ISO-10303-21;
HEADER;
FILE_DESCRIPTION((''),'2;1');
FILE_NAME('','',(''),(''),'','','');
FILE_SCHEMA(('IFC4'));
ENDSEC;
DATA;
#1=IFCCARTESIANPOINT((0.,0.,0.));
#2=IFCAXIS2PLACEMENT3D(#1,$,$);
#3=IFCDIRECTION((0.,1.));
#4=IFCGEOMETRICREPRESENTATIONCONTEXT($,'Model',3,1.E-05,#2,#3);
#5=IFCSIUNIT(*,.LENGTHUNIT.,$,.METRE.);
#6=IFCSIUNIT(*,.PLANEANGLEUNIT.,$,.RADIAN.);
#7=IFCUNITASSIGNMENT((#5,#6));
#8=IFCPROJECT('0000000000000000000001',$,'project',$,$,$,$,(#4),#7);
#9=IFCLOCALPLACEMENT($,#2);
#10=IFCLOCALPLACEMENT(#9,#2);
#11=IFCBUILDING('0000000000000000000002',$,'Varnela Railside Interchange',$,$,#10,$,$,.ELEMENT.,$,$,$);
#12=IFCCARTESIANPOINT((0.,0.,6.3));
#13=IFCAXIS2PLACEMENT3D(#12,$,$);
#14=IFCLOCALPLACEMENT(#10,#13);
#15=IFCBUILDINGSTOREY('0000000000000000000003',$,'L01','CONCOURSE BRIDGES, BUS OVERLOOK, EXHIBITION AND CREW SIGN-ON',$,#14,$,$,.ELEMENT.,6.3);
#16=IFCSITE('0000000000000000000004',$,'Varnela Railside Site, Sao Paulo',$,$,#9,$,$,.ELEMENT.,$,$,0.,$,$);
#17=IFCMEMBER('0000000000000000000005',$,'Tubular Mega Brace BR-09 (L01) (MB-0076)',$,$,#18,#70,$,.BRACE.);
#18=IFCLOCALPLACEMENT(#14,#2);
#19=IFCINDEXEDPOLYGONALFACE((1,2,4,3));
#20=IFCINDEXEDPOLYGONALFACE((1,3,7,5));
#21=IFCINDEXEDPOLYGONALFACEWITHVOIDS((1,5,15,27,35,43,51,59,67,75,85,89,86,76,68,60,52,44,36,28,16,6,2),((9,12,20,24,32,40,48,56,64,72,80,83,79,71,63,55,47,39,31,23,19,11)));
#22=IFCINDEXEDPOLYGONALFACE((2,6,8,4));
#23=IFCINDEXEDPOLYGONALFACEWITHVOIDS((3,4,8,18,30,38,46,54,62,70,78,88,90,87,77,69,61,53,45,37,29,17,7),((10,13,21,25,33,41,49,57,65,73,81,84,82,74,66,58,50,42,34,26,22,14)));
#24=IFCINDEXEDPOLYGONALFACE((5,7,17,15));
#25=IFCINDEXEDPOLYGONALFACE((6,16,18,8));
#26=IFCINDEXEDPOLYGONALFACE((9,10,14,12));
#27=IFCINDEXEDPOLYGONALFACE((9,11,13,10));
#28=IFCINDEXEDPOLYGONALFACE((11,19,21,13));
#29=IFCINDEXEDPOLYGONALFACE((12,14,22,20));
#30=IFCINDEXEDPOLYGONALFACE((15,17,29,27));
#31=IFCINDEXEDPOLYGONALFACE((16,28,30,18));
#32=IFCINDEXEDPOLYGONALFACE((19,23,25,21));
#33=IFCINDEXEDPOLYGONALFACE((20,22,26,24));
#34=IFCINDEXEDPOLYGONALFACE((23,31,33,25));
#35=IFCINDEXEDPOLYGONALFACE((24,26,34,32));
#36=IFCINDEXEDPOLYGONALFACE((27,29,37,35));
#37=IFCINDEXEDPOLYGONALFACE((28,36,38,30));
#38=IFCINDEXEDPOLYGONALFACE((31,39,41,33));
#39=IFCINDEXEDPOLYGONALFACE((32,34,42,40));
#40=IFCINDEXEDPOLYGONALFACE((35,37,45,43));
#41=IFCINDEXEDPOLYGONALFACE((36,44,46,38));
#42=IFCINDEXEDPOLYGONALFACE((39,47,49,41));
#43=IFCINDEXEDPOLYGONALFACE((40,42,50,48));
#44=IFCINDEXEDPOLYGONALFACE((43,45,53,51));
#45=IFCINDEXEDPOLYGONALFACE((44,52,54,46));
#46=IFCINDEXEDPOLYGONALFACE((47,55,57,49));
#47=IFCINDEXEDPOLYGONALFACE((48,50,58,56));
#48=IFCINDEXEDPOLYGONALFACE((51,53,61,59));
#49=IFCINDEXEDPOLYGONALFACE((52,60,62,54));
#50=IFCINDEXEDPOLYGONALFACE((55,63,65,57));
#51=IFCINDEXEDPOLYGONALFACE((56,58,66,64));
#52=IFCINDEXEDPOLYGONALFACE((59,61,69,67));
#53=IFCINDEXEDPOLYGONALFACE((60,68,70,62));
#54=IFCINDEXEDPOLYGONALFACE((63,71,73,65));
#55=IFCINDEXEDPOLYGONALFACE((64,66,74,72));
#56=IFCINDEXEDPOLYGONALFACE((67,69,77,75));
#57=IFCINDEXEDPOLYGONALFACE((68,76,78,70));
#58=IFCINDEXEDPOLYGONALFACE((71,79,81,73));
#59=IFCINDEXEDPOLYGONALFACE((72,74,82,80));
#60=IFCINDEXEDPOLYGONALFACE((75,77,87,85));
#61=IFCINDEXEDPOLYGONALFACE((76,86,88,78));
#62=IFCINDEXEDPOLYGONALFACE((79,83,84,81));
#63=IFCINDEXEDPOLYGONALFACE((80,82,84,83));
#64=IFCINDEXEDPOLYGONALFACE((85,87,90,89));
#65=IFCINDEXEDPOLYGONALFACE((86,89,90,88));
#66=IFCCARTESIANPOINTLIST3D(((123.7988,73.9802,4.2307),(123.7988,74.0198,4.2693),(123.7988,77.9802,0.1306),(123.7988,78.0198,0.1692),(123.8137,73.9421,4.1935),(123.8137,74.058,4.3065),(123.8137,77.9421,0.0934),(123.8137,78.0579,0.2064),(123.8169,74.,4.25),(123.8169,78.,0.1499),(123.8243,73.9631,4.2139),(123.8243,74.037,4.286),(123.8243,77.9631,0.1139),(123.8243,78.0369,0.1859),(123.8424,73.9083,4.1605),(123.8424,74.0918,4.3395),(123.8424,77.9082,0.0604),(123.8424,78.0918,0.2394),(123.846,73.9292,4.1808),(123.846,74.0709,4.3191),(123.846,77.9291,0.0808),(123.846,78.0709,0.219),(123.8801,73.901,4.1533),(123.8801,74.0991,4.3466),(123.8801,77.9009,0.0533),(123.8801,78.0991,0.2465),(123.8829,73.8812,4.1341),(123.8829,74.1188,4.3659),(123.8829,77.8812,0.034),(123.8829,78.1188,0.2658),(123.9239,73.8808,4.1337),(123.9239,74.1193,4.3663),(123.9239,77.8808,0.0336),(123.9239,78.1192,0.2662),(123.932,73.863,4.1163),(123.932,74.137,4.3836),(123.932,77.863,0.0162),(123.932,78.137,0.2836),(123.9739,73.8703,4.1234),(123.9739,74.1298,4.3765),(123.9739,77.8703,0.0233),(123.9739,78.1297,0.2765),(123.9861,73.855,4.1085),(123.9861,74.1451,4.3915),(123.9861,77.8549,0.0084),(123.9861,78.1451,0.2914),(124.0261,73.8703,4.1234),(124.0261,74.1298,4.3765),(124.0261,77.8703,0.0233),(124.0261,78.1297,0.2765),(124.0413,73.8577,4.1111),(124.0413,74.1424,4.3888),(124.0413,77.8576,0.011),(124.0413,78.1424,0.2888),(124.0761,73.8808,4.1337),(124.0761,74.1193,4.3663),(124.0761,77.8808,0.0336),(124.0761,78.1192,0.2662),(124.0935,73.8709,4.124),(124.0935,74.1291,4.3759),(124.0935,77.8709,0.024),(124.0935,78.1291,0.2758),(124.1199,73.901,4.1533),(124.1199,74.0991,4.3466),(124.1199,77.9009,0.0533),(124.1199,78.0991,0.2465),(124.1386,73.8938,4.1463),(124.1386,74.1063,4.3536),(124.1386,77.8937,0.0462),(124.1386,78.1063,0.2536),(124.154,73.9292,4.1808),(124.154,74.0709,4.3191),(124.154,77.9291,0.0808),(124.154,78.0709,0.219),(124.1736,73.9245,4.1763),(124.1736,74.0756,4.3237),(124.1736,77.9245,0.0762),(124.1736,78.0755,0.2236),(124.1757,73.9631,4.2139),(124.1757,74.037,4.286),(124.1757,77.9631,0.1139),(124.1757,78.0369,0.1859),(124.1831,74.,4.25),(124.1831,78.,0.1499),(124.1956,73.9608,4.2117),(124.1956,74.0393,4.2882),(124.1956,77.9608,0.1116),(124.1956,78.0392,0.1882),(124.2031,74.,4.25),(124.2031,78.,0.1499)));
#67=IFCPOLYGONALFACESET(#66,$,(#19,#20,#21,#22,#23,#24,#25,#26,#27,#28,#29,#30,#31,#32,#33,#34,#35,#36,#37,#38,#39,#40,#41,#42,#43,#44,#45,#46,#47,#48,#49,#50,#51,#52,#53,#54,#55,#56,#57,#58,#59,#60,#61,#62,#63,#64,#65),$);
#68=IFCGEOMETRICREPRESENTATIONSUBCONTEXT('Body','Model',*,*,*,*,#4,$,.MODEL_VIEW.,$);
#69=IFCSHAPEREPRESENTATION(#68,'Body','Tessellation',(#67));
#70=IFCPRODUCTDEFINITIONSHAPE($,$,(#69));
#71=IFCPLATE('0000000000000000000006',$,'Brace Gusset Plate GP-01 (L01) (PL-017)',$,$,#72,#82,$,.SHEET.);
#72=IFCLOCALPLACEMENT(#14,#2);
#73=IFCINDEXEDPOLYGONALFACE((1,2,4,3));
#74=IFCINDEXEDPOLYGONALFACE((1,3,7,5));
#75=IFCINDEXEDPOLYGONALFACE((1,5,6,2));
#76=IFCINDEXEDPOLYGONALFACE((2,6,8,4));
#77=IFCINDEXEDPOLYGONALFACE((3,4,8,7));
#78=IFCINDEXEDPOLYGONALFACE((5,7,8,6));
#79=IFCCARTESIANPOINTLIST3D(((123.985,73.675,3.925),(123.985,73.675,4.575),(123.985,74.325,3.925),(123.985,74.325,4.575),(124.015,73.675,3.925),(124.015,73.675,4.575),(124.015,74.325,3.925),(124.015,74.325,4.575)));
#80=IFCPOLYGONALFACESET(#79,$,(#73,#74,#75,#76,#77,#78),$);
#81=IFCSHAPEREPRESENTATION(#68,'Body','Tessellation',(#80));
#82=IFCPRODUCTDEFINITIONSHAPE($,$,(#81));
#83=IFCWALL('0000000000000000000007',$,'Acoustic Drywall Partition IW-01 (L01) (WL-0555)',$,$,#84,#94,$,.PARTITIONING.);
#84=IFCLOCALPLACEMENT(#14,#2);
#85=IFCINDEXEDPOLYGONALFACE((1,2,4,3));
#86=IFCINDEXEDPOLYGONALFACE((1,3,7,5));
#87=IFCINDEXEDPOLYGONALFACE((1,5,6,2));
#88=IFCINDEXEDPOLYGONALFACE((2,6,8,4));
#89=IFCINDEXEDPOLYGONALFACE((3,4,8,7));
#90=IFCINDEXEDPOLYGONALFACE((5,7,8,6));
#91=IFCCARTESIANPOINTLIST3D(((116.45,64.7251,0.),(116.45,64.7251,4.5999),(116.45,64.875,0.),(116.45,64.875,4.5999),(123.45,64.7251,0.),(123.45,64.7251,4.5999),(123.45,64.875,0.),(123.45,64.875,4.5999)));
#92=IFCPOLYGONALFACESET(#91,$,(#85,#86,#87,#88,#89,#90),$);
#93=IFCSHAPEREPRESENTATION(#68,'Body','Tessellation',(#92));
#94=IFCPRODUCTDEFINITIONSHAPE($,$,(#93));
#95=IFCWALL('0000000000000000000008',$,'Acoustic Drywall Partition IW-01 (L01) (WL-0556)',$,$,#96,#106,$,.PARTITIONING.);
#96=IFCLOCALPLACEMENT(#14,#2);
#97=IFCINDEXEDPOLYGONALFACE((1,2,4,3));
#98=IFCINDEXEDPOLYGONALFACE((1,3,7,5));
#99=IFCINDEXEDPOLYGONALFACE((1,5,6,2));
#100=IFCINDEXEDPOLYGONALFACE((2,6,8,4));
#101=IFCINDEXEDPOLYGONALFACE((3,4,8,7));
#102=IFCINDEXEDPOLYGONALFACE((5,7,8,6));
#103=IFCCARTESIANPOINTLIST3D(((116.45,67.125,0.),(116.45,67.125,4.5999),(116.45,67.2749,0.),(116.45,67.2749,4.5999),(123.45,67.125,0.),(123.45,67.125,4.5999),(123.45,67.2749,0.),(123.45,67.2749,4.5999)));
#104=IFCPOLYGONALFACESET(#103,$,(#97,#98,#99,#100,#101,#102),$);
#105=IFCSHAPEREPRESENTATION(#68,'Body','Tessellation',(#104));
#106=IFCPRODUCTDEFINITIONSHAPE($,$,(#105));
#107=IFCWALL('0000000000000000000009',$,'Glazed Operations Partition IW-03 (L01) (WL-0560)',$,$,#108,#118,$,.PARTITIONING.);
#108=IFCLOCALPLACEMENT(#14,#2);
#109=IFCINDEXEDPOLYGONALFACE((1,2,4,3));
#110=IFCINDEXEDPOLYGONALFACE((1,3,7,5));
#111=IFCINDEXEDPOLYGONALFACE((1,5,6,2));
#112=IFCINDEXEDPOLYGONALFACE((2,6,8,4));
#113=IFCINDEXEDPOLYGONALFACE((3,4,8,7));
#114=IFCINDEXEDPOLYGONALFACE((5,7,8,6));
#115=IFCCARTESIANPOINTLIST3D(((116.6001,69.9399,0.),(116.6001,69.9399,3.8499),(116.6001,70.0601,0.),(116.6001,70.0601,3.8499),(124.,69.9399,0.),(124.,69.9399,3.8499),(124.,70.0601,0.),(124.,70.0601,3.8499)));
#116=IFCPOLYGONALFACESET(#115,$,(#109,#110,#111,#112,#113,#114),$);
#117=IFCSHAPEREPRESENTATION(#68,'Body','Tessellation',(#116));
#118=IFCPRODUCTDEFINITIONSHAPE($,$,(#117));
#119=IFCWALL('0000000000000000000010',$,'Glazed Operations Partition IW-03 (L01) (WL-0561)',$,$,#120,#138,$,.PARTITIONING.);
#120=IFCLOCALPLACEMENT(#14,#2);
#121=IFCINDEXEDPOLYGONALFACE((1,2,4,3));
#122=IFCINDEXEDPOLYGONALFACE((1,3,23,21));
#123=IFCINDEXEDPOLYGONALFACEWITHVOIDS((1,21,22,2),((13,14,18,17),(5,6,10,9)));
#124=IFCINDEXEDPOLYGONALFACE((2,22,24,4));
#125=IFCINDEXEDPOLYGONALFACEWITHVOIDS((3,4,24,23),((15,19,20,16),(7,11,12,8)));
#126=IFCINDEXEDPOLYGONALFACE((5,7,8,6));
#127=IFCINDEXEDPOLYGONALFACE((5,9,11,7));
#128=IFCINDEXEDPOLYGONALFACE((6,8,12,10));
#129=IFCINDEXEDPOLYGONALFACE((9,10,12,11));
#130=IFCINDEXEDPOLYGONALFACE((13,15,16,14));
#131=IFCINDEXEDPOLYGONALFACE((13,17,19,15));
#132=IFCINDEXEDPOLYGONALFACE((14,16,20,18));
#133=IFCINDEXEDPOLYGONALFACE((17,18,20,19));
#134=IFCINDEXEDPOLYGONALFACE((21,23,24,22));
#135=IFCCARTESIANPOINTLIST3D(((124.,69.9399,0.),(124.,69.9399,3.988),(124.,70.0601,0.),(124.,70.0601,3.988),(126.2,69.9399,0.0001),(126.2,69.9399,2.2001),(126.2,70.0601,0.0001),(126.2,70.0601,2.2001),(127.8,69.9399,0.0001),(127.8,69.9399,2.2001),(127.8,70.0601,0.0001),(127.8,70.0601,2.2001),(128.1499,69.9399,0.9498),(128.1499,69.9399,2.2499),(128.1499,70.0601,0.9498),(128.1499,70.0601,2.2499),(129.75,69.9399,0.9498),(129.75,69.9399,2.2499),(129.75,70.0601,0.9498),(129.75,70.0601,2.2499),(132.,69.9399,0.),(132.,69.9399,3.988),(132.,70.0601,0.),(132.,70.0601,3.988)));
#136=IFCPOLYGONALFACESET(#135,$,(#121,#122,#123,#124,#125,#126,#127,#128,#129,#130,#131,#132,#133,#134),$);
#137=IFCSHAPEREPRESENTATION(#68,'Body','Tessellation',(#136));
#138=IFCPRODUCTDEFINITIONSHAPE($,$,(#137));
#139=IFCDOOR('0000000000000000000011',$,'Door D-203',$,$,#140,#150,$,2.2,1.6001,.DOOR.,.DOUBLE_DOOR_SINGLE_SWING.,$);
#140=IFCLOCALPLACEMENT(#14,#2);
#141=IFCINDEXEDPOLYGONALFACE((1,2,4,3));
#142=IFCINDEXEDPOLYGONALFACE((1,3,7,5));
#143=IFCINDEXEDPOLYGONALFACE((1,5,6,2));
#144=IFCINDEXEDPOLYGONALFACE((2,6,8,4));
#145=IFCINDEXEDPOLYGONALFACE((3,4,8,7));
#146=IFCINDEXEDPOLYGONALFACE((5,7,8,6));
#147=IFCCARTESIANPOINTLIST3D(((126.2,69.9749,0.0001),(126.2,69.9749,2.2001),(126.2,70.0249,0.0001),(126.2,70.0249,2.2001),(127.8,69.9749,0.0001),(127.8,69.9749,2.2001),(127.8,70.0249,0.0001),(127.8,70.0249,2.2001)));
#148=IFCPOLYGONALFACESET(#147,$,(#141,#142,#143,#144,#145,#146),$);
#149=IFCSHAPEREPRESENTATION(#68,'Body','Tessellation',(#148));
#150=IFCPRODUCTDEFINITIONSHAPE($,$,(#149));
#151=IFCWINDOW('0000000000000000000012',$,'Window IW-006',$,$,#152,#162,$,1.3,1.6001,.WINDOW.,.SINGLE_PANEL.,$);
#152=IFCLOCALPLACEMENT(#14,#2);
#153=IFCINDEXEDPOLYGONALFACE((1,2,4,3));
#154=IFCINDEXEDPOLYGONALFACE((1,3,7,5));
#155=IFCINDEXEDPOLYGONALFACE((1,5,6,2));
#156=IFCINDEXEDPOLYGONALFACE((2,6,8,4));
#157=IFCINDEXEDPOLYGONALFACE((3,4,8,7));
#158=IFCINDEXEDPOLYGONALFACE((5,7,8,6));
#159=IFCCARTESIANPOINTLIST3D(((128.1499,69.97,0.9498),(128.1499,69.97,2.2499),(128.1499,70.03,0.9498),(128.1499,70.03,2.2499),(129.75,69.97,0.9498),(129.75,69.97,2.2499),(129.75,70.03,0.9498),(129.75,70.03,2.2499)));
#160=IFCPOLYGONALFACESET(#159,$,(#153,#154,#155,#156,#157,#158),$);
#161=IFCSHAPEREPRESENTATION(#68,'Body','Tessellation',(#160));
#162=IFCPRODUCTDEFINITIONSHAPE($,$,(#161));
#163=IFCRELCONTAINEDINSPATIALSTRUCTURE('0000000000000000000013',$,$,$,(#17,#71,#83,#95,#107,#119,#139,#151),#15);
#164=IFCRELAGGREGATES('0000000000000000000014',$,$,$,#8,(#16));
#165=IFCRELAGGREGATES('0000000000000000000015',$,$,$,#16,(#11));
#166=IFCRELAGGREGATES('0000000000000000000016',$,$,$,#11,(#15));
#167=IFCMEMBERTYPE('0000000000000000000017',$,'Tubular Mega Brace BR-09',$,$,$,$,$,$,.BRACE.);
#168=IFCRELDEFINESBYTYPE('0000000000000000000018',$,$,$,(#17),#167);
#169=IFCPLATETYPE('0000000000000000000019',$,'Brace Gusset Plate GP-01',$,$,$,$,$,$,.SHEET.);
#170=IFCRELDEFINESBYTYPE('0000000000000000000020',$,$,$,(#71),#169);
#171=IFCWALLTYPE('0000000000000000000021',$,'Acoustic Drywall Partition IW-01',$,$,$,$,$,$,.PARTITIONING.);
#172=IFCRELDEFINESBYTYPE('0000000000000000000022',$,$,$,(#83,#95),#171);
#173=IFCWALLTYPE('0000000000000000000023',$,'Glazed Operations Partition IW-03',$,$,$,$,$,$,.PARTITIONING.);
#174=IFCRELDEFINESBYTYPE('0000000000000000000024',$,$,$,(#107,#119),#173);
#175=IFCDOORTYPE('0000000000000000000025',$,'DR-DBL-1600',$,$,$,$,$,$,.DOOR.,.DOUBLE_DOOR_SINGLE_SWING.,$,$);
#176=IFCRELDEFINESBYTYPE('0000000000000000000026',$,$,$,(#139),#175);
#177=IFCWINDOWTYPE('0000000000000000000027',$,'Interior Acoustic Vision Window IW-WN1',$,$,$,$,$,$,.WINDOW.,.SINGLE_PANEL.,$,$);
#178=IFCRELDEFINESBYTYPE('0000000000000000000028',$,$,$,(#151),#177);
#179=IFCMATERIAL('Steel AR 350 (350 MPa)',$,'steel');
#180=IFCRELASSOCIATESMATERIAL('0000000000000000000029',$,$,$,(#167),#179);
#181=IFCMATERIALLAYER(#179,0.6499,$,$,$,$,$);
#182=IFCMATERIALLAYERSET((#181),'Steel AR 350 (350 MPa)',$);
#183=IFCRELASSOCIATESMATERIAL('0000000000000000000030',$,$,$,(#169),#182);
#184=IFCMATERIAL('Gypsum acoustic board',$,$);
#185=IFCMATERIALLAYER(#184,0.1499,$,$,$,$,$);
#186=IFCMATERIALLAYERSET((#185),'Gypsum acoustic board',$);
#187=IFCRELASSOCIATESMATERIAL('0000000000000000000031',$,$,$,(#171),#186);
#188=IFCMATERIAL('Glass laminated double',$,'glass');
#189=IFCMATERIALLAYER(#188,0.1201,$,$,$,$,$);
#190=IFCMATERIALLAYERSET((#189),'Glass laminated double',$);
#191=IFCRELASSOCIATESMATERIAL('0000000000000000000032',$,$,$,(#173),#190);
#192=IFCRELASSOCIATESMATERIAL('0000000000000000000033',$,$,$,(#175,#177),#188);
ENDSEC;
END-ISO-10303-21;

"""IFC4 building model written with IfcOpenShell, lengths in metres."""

from ifc_helpers import new_model, si_unit, direction, frame, frame_2d, origin, origin_2d, place, context, subcontext, project, spatial, rectangle, hollow_circle, extrude, material, layer, layer_set, material_profile, profile_set, type_object, element, fill, save


model = new_model("IFC4")

# Units and contexts
model_context = context("Model", 3, precision=1e-05, world=origin(), true_north=direction((0.0, 1.0)))
body_context = subcontext(model_context, "Body", "Model", "MODEL_VIEW")
ifc_project = project(units=[si_unit("LENGTHUNIT", "METRE"), si_unit("PLANEANGLEUNIT", "RADIAN")], contexts=[model_context])

# Site, building, storey
site_placement = place(None, origin())
site = spatial("IfcSite", under=ifc_project, at=site_placement, Name="Varnela Railside Site, Sao Paulo", CompositionType="ELEMENT", RefElevation=0.0)
building_placement = place(site_placement, origin())
building = spatial("IfcBuilding", under=site, at=building_placement, Name="Varnela Railside Interchange", CompositionType="ELEMENT")
storey_placement = place(building_placement, frame((0.0, 0.0, 6.3)))
storey = spatial("IfcBuildingStorey", under=building, at=storey_placement, Name="L01", Description="CONCOURSE BRIDGES, BUS OVERLOOK, EXHIBITION AND CREW SIGN-ON", CompositionType="ELEMENT", Elevation=6.3)

# Shared definitions
ifc_material_1 = material(Name="Steel AR 350 (350 MPa)", Category="steel")

# Member
ifc_material_profile_1 = material_profile(ifc_material_1, hollow_circle(Radius=0.2031, WallThickness=0.02, at=origin_2d()), Name="CHS 406.4x20")
ifc_profile_set_1 = profile_set([ifc_material_profile_1], Name="Steel AR 350 (350 MPa)")
member_type = type_object("IfcMemberType", Name="Tubular Mega Brace BR-09", PredefinedType="BRACE", material=ifc_profile_set_1)
for number, where, z_axis, x_axis, name in (
    (1, (124.0, 78.0, 0.1499), (0.0, -0.698315, 0.71579), (1.0, 0.0, 0.0), "Tubular Mega Brace BR-09 (L01) (MB-0076)"),
):
    element("IfcMember", number, at=place(storey_placement, frame(where, z_axis=z_axis, x_axis=x_axis)), inside=storey, type_object=member_type, Name=name, PredefinedType="BRACE", context=body_context, shape_type="SweptSolid", body=[
        extrude(hollow_circle(Radius=0.2031, WallThickness=0.02, at=origin_2d()), origin(), (0.0, 0.0, 1.0), 5.728),
    ])

# Plate
ifc_layer_1 = layer(ifc_material_1, 0.6499)
ifc_layer_set_1 = layer_set([ifc_layer_1], Name="Steel AR 350 (350 MPa)")
plate_type = type_object("IfcPlateType", Name="Brace Gusset Plate GP-01", PredefinedType="SHEET", material=ifc_layer_set_1)
plate_placement = place(storey_placement, frame((124.0, 74.0, 3.925), z_axis=(0.0, 0.0, 1.0), x_axis=(0.0, 1.0, 0.0)))
element("IfcPlate", 2, at=plate_placement, inside=storey, type_object=plate_type, Name="Brace Gusset Plate GP-01 (L01) (PL-017)", PredefinedType="SHEET", context=body_context, shape_type="SweptSolid", body=[
    extrude(rectangle(XDim=0.6499, YDim=0.03, at=origin_2d()), origin(), (0.0, 0.0, 1.0), 0.6499),
])

# Walls
ifc_material_2 = material(Name="Gypsum acoustic board")
ifc_layer_2 = layer(ifc_material_2, 0.1499)
ifc_layer_set_2 = layer_set([ifc_layer_2], Name="Gypsum acoustic board")
wall_type_1 = type_object("IfcWallType", Name="Acoustic Drywall Partition IW-01", PredefinedType="PARTITIONING", material=ifc_layer_set_2)
for number, where, z_axis, x_axis, name in (
    (3, (116.45, 64.8, 0.0), (0.0, 0.0, 1.0), (1.0, 0.0, 0.0), "Acoustic Drywall Partition IW-01 (L01) (WL-0555)"),
    (4, (116.45, 67.2, 0.0), (0.0, 0.0, 1.0), (1.0, 0.0, 0.0), "Acoustic Drywall Partition IW-01 (L01) (WL-0556)"),
):
    element("IfcWall", number, at=place(storey_placement, frame(where, z_axis=z_axis, x_axis=x_axis)), inside=storey, type_object=wall_type_1, Name=name, PredefinedType="PARTITIONING", context=body_context, shape_type="SweptSolid", body=[
        extrude(rectangle(XDim=7.0, YDim=0.1499, at=frame_2d((3.5, 0.0))), origin(), (0.0, 0.0, 1.0), 4.5999),
    ])
ifc_material_3 = material(Name="Glass laminated double", Category="glass")
ifc_layer_3 = layer(ifc_material_3, 0.1201)
ifc_layer_set_3 = layer_set([ifc_layer_3], Name="Glass laminated double")
wall_type_2 = type_object("IfcWallType", Name="Glazed Operations Partition IW-03", PredefinedType="PARTITIONING", material=ifc_layer_set_3)
wall_1_placement = place(storey_placement, frame((116.6001, 70.0, 0.0), z_axis=(0.0, 0.0, 1.0), x_axis=(1.0, 0.0, 0.0)))
element("IfcWall", 5, at=wall_1_placement, inside=storey, type_object=wall_type_2, Name="Glazed Operations Partition IW-03 (L01) (WL-0560)", PredefinedType="PARTITIONING", context=body_context, shape_type="SweptSolid", body=[
    extrude(rectangle(XDim=7.3999, YDim=0.1201, at=frame_2d((3.7, 0.0))), origin(), (0.0, 0.0, 1.0), 3.8499),
])

# Wall, openings, door, window
wall_2_placement = place(storey_placement, frame((124.0, 70.0, 0.0), z_axis=(0.0, 0.0, 1.0), x_axis=(1.0, 0.0, 0.0)))
wall_2 = element("IfcWall", 6, at=wall_2_placement, inside=storey, type_object=wall_type_2, Name="Glazed Operations Partition IW-03 (L01) (WL-0561)", PredefinedType="PARTITIONING", context=body_context, shape_type="SweptSolid", body=[
    extrude(rectangle(XDim=8.0, YDim=0.1201, at=frame_2d((4.0, 0.0))), origin(), (0.0, 0.0, 1.0), 3.988),
])
opening_1_placement = place(wall_2_placement, frame((2.2, 0.0, 0.0)))
opening_1 = element("IfcOpeningElement", 7, at=opening_1_placement, cuts=wall_2, PredefinedType="OPENING", context=body_context, shape_type="SweptSolid", body=[
    extrude(rectangle(XDim=1.6001, YDim=2.2, at=frame_2d((0.8, 1.1001))), frame((0.0, 0.0701, 0.0), z_axis=(0.0, -1.0, 0.0), x_axis=(1.0, 0.0, 0.0)), (0.0, 0.0, 1.0), 0.1401),
])
opening_2_placement = place(wall_2_placement, frame((4.1499, 0.0, 0.95)))
opening_2 = element("IfcOpeningElement", 8, at=opening_2_placement, cuts=wall_2, PredefinedType="OPENING", context=body_context, shape_type="SweptSolid", body=[
    extrude(rectangle(XDim=1.6001, YDim=1.3, at=frame_2d((0.8, 0.6499))), frame((0.0, 0.0701, 0.0), z_axis=(0.0, -1.0, 0.0), x_axis=(1.0, 0.0, 0.0)), (0.0, 0.0, 1.0), 0.1401),
])
door_type_1 = type_object("IfcDoorType", Name="DR-DBL-1600", OperationType="DOUBLE_DOOR_SINGLE_SWING", PredefinedType="DOOR", material=ifc_material_3)
door_1_placement = place(opening_1_placement, origin())
door_1 = element("IfcDoor", 9, at=door_1_placement, inside=storey, type_object=door_type_1, Name="Door D-203", OperationType="DOUBLE_DOOR_SINGLE_SWING", OverallHeight=2.2, OverallWidth=1.6001, PredefinedType="DOOR", context=body_context, shape_type="SweptSolid", body=[
    extrude(rectangle(XDim=1.6001, YDim=2.2, at=frame_2d((0.8, 1.1001))), frame((0.0, 0.0249, 0.0), z_axis=(0.0, -1.0, 0.0), x_axis=(1.0, 0.0, 0.0)), (0.0, 0.0, 1.0), 0.05),
])
fill(opening_1, door_1)
window_type_1 = type_object("IfcWindowType", Name="Interior Acoustic Vision Window IW-WN1", PartitioningType="SINGLE_PANEL", PredefinedType="WINDOW", material=ifc_material_3)
window_1_placement = place(opening_2_placement, origin())
window_1 = element("IfcWindow", 10, at=window_1_placement, inside=storey, type_object=window_type_1, Name="Window IW-006", OverallHeight=1.3, OverallWidth=1.6001, PartitioningType="SINGLE_PANEL", PredefinedType="WINDOW", context=body_context, shape_type="SweptSolid", body=[
    extrude(rectangle(XDim=1.6001, YDim=1.3, at=frame_2d((0.8, 0.6499))), frame((0.0, 0.03, 0.0), z_axis=(0.0, -1.0, 0.0), x_axis=(1.0, 0.0, 0.0)), (0.0, 0.0, 1.0), 0.0601),
])
fill(opening_2, window_1)

save(model, "model.ifc")
